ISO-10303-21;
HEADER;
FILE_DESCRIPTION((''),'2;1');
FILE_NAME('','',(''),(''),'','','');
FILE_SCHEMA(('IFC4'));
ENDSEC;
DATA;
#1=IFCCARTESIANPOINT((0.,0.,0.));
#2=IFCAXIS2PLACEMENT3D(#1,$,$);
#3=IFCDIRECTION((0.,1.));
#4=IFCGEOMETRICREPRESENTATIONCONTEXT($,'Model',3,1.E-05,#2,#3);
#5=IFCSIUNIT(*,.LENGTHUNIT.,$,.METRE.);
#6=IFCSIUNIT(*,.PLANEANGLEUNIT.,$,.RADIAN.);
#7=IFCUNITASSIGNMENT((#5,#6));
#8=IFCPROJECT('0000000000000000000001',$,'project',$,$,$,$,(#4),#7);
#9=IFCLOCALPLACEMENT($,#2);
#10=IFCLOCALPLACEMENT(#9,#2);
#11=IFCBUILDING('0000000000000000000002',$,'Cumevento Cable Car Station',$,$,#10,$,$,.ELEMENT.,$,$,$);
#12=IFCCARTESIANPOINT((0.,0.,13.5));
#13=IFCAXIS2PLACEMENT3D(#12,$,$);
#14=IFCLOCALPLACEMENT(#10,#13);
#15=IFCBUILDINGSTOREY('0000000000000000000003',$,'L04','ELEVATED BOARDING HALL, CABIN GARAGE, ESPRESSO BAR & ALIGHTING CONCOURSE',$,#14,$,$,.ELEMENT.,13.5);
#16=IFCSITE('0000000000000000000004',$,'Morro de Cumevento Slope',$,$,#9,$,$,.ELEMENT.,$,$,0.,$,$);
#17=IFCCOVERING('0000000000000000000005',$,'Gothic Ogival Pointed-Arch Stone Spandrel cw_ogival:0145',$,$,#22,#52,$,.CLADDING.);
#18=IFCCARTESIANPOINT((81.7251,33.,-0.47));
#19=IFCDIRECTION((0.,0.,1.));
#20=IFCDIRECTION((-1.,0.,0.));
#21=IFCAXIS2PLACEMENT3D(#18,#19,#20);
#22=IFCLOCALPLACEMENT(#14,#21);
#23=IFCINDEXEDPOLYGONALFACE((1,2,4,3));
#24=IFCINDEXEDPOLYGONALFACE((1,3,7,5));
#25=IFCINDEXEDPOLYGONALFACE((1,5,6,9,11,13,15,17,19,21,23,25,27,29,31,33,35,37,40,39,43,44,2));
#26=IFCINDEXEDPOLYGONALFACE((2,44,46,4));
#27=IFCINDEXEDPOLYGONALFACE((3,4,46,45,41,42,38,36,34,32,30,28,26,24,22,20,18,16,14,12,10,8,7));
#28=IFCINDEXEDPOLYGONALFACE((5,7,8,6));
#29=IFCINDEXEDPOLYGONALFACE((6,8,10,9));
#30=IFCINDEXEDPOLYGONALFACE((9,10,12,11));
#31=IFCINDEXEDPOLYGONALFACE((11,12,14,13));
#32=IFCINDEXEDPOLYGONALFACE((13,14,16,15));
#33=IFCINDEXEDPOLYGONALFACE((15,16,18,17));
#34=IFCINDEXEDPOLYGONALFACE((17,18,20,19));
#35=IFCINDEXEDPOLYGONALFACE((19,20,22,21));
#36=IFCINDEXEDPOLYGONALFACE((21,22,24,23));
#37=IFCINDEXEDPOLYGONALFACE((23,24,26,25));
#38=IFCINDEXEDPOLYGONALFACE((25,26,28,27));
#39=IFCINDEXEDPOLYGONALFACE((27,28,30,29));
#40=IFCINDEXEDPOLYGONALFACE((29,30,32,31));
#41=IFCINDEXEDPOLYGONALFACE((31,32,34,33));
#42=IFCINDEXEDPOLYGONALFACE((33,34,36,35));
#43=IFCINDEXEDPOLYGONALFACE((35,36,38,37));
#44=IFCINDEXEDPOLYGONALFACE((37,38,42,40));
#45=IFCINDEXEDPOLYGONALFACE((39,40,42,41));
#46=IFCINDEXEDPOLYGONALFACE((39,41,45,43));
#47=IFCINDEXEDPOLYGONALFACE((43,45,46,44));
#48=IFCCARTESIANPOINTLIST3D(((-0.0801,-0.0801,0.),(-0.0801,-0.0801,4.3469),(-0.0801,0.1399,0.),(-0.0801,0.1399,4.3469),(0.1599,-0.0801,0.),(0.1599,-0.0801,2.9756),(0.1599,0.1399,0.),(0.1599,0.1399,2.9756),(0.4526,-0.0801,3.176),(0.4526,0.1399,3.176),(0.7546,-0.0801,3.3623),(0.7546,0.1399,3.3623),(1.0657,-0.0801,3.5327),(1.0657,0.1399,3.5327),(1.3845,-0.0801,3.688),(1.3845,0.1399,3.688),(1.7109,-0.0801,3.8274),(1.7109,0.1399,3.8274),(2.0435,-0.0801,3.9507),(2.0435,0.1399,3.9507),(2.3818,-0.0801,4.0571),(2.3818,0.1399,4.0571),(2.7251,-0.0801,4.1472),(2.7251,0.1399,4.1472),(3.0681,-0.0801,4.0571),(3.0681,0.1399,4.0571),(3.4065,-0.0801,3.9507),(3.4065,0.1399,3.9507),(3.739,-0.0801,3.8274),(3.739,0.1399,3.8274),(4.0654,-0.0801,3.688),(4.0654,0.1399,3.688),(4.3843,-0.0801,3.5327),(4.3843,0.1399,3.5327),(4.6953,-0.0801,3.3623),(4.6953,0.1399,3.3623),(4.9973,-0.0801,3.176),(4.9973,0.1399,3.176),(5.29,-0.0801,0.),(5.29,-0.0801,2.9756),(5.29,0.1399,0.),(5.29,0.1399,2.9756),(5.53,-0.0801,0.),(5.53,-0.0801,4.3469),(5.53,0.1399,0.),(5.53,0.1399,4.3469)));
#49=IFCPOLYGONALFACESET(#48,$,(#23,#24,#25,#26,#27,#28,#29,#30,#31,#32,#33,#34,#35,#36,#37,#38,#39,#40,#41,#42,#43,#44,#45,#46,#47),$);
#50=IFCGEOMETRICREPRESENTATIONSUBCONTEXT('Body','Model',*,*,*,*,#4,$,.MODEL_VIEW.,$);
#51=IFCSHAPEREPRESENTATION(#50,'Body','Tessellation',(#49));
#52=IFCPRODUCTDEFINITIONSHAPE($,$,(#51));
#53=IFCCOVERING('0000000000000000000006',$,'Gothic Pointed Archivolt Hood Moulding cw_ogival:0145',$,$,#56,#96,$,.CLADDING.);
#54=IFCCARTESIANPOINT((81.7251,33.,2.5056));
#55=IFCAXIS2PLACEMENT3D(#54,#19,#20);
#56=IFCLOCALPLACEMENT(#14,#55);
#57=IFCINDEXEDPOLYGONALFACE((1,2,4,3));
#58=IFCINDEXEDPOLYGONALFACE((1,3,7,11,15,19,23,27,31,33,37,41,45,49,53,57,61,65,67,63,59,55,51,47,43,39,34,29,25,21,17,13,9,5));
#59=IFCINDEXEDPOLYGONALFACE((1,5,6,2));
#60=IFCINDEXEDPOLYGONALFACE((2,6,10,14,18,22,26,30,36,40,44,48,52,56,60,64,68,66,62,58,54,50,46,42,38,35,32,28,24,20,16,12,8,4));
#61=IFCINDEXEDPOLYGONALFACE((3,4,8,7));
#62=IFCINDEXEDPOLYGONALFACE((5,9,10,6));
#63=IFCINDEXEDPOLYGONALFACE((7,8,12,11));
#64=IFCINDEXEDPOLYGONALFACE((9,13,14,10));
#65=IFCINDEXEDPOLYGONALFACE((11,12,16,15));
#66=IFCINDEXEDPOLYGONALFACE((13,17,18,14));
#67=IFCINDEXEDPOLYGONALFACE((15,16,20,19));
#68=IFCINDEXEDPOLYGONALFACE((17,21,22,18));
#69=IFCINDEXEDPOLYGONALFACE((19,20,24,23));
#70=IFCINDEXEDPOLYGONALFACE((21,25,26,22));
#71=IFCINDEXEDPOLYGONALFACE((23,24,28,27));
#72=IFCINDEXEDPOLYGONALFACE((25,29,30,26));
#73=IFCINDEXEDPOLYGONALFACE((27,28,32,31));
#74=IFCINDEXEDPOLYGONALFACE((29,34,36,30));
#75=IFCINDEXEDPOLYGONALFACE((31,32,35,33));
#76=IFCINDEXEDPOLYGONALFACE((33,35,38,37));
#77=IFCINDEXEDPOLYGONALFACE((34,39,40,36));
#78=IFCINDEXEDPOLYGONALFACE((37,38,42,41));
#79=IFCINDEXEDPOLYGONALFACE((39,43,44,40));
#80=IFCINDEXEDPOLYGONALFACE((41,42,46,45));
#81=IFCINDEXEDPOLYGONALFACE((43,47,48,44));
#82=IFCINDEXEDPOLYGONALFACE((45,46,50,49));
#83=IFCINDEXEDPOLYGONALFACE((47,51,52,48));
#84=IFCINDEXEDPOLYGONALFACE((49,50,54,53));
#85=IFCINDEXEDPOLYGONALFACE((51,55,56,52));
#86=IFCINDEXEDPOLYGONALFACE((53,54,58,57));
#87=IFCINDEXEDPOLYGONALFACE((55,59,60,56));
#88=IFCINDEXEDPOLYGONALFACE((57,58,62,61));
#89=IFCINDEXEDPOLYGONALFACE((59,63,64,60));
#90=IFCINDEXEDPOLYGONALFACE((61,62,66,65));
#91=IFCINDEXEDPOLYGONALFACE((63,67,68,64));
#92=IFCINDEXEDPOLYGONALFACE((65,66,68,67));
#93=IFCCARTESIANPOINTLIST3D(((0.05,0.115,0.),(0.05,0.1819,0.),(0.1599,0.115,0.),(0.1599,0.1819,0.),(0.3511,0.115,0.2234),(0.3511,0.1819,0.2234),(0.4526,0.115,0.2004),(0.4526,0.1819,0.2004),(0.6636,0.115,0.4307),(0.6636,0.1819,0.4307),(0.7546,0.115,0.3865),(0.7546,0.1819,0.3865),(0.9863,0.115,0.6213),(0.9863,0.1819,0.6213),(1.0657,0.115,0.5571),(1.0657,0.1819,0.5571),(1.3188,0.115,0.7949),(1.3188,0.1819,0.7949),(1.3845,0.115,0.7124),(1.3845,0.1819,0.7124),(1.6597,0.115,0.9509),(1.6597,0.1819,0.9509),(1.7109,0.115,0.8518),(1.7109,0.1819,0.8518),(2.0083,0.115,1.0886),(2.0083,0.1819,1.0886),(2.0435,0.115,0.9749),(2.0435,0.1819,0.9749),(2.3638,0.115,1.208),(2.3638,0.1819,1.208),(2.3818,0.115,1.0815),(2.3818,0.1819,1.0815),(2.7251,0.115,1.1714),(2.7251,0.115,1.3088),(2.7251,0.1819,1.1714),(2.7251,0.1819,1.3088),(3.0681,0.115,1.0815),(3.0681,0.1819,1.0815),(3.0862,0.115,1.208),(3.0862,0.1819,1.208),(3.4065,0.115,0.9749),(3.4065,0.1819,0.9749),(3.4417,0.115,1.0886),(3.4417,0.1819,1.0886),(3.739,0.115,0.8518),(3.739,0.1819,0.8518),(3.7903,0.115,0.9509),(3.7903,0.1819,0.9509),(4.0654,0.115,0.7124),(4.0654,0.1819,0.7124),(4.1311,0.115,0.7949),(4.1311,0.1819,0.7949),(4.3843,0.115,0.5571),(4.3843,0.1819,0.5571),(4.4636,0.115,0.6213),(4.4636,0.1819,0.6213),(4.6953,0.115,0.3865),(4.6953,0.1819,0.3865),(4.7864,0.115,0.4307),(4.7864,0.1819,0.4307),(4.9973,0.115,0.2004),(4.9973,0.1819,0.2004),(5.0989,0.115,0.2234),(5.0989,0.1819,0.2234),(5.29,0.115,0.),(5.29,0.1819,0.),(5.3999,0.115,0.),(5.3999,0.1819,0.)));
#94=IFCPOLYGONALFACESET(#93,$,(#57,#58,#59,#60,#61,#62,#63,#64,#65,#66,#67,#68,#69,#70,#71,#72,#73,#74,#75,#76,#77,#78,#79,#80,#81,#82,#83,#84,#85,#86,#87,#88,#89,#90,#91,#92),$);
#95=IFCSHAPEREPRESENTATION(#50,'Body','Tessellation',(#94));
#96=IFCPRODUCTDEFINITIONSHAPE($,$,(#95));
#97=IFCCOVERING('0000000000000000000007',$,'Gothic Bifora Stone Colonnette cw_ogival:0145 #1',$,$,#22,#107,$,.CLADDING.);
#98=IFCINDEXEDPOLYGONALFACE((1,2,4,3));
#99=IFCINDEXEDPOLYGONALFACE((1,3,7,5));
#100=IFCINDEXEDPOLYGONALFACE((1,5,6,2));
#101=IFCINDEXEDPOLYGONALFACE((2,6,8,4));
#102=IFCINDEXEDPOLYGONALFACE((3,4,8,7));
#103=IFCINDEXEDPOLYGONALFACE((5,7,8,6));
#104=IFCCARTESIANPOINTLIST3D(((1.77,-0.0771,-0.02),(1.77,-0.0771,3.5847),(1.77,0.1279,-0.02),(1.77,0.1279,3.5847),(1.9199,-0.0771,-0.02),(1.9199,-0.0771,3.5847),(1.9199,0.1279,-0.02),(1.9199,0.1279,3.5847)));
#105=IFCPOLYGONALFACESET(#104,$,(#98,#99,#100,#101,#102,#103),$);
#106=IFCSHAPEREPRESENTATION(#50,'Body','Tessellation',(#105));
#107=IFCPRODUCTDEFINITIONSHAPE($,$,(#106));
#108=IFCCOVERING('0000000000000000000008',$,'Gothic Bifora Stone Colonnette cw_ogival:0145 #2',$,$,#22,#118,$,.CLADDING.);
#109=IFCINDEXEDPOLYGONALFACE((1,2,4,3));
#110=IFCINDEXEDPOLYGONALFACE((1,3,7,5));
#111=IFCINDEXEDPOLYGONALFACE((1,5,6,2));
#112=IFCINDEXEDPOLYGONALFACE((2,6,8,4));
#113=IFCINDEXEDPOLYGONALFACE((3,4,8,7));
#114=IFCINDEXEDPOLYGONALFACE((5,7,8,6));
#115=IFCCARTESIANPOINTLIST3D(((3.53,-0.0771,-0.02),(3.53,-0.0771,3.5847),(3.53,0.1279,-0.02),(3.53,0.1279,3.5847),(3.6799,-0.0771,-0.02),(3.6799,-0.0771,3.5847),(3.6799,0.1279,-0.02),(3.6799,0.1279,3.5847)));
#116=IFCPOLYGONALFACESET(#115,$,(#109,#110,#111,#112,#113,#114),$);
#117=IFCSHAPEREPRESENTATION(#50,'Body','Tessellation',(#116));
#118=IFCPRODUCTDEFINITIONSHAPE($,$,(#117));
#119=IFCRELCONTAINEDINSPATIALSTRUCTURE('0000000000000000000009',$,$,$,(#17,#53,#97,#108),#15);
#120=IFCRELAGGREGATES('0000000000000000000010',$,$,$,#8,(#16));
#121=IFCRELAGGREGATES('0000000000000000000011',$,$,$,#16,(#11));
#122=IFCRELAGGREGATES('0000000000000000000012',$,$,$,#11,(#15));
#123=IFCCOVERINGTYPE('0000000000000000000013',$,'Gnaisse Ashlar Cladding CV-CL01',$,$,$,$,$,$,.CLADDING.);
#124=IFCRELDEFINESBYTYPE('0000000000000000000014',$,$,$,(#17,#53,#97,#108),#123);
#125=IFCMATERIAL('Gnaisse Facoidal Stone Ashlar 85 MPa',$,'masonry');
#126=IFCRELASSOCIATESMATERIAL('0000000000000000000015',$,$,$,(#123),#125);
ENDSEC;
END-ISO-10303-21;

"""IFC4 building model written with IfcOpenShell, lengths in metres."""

from ifc_helpers import new_model, si_unit, direction, frame, origin, place, context, subcontext, project, spatial, polyline, outline, extrude, material, type_object, element, save


model = new_model("IFC4")

# Units and contexts
model_context = context("Model", 3, precision=1e-05, world=origin(), true_north=direction((0.0, 1.0)))
body_context = subcontext(model_context, "Body", "Model", "MODEL_VIEW")
ifc_project = project(units=[si_unit("LENGTHUNIT", "METRE"), si_unit("PLANEANGLEUNIT", "RADIAN")], contexts=[model_context])

# Site, building, storey
site_placement = place(None, origin())
site = spatial("IfcSite", under=ifc_project, at=site_placement, Name="Morro de Cumevento Slope", CompositionType="ELEMENT", RefElevation=0.0)
building_placement = place(site_placement, origin())
building = spatial("IfcBuilding", under=site, at=building_placement, Name="Cumevento Cable Car Station", CompositionType="ELEMENT")
storey_placement = place(building_placement, frame((0.0, 0.0, 13.5)))
storey = spatial("IfcBuildingStorey", under=building, at=storey_placement, Name="L04", Description="ELEVATED BOARDING HALL, CABIN GARAGE, ESPRESSO BAR & ALIGHTING CONCOURSE", CompositionType="ELEMENT", Elevation=13.5)

# Coverings
ifc_material_1 = material(Name="Gnaisse Facoidal Stone Ashlar 85 MPa", Category="masonry")
covering_type = type_object("IfcCoveringType", Name="Gnaisse Ashlar Cladding CV-CL01", PredefinedType="CLADDING", material=ifc_material_1)
placement = place(storey_placement, frame((81.7251, 33.0, -0.47), z_axis=(0.0, 0.0, 1.0), x_axis=(-1.0, 0.0, 0.0)))
element("IfcCovering", 1, at=placement, inside=storey, type_object=covering_type, Name="Gothic Ogival Pointed-Arch Stone Spandrel cw_ogival:0145", PredefinedType="CLADDING", context=body_context, shape_type="SweptSolid", body=[
    extrude(outline(polyline([(-0.0801, 0.0), (-0.0801, 4.3469), (5.53, 4.3469), (5.53, 0.0), (5.29, 0.0), (5.29, 2.9756), (4.9973, 3.176), (4.6953, 3.3623), (4.3843, 3.5327), (4.0654, 3.688), (3.739, 3.8274), (3.4065, 3.9507), (3.0681, 4.0571), (2.7251, 4.1472), (2.3818, 4.0571), (2.0435, 3.9507), (1.7109, 3.8274), (1.3845, 3.688), (1.0657, 3.5327), (0.7546, 3.3623), (0.4526, 3.176), (0.1599, 2.9756), (0.1599, 0.0), (-0.0801, 0.0)])), frame((0.0, 0.1399, 0.0), z_axis=(0.0, -1.0, 0.0), x_axis=(1.0, 0.0, 0.0)), (0.0, 0.0, 1.0), 0.22),
])
covering_1_placement = place(storey_placement, frame((81.7251, 33.0, 2.5056), z_axis=(0.0, 0.0, 1.0), x_axis=(-1.0, 0.0, 0.0)))
element("IfcCovering", 2, at=covering_1_placement, inside=storey, type_object=covering_type, Name="Gothic Pointed Archivolt Hood Moulding cw_ogival:0145", PredefinedType="CLADDING", context=body_context, shape_type="SweptSolid", body=[
    extrude(outline(polyline([(0.1599, 0.0), (0.4526, 0.2004), (0.7546, 0.3865), (1.0657, 0.5571), (1.3845, 0.7124), (1.7109, 0.8518), (2.0435, 0.9749), (2.3818, 1.0815), (2.7251, 1.1714), (3.0681, 1.0815), (3.4065, 0.9749), (3.739, 0.8518), (4.0654, 0.7124), (4.3843, 0.5571), (4.6953, 0.3865), (4.9973, 0.2004), (5.29, 0.0), (5.3999, 0.0), (5.0989, 0.2234), (4.7864, 0.4307), (4.4636, 0.6213), (4.1311, 0.7949), (3.7903, 0.9509), (3.4417, 1.0886), (3.0862, 1.208), (2.7251, 1.3088), (2.3638, 1.208), (2.0083, 1.0886), (1.6597, 0.9509), (1.3188, 0.7949), (0.9863, 0.6213), (0.6636, 0.4307), (0.3511, 0.2234), (0.05, 0.0), (0.1599, 0.0)])), frame((0.0, 0.1819, 0.0), z_axis=(0.0, -1.0, 0.0), x_axis=(1.0, 0.0, 0.0)), (0.0, 0.0, 1.0), 0.0669),
])
element("IfcCovering", 3, at=placement, inside=storey, type_object=covering_type, Name="Gothic Bifora Stone Colonnette cw_ogival:0145 #1", PredefinedType="CLADDING", context=body_context, shape_type="SweptSolid", body=[
    extrude(outline(polyline([(1.77, -0.02), (1.9199, -0.02), (1.9199, 3.5847), (1.77, 3.5847), (1.77, -0.02)])), frame((0.0, 0.1279, 0.0), z_axis=(0.0, -1.0, 0.0), x_axis=(1.0, 0.0, 0.0)), (0.0, 0.0, 1.0), 0.2051),
])
element("IfcCovering", 4, at=placement, inside=storey, type_object=covering_type, Name="Gothic Bifora Stone Colonnette cw_ogival:0145 #2", PredefinedType="CLADDING", context=body_context, shape_type="SweptSolid", body=[
    extrude(outline(polyline([(3.53, -0.02), (3.6799, -0.02), (3.6799, 3.5847), (3.53, 3.5847), (3.53, -0.02)])), frame((0.0, 0.1279, 0.0), z_axis=(0.0, -1.0, 0.0), x_axis=(1.0, 0.0, 0.0)), (0.0, 0.0, 1.0), 0.2051),
])

save(model, "model.ifc")
